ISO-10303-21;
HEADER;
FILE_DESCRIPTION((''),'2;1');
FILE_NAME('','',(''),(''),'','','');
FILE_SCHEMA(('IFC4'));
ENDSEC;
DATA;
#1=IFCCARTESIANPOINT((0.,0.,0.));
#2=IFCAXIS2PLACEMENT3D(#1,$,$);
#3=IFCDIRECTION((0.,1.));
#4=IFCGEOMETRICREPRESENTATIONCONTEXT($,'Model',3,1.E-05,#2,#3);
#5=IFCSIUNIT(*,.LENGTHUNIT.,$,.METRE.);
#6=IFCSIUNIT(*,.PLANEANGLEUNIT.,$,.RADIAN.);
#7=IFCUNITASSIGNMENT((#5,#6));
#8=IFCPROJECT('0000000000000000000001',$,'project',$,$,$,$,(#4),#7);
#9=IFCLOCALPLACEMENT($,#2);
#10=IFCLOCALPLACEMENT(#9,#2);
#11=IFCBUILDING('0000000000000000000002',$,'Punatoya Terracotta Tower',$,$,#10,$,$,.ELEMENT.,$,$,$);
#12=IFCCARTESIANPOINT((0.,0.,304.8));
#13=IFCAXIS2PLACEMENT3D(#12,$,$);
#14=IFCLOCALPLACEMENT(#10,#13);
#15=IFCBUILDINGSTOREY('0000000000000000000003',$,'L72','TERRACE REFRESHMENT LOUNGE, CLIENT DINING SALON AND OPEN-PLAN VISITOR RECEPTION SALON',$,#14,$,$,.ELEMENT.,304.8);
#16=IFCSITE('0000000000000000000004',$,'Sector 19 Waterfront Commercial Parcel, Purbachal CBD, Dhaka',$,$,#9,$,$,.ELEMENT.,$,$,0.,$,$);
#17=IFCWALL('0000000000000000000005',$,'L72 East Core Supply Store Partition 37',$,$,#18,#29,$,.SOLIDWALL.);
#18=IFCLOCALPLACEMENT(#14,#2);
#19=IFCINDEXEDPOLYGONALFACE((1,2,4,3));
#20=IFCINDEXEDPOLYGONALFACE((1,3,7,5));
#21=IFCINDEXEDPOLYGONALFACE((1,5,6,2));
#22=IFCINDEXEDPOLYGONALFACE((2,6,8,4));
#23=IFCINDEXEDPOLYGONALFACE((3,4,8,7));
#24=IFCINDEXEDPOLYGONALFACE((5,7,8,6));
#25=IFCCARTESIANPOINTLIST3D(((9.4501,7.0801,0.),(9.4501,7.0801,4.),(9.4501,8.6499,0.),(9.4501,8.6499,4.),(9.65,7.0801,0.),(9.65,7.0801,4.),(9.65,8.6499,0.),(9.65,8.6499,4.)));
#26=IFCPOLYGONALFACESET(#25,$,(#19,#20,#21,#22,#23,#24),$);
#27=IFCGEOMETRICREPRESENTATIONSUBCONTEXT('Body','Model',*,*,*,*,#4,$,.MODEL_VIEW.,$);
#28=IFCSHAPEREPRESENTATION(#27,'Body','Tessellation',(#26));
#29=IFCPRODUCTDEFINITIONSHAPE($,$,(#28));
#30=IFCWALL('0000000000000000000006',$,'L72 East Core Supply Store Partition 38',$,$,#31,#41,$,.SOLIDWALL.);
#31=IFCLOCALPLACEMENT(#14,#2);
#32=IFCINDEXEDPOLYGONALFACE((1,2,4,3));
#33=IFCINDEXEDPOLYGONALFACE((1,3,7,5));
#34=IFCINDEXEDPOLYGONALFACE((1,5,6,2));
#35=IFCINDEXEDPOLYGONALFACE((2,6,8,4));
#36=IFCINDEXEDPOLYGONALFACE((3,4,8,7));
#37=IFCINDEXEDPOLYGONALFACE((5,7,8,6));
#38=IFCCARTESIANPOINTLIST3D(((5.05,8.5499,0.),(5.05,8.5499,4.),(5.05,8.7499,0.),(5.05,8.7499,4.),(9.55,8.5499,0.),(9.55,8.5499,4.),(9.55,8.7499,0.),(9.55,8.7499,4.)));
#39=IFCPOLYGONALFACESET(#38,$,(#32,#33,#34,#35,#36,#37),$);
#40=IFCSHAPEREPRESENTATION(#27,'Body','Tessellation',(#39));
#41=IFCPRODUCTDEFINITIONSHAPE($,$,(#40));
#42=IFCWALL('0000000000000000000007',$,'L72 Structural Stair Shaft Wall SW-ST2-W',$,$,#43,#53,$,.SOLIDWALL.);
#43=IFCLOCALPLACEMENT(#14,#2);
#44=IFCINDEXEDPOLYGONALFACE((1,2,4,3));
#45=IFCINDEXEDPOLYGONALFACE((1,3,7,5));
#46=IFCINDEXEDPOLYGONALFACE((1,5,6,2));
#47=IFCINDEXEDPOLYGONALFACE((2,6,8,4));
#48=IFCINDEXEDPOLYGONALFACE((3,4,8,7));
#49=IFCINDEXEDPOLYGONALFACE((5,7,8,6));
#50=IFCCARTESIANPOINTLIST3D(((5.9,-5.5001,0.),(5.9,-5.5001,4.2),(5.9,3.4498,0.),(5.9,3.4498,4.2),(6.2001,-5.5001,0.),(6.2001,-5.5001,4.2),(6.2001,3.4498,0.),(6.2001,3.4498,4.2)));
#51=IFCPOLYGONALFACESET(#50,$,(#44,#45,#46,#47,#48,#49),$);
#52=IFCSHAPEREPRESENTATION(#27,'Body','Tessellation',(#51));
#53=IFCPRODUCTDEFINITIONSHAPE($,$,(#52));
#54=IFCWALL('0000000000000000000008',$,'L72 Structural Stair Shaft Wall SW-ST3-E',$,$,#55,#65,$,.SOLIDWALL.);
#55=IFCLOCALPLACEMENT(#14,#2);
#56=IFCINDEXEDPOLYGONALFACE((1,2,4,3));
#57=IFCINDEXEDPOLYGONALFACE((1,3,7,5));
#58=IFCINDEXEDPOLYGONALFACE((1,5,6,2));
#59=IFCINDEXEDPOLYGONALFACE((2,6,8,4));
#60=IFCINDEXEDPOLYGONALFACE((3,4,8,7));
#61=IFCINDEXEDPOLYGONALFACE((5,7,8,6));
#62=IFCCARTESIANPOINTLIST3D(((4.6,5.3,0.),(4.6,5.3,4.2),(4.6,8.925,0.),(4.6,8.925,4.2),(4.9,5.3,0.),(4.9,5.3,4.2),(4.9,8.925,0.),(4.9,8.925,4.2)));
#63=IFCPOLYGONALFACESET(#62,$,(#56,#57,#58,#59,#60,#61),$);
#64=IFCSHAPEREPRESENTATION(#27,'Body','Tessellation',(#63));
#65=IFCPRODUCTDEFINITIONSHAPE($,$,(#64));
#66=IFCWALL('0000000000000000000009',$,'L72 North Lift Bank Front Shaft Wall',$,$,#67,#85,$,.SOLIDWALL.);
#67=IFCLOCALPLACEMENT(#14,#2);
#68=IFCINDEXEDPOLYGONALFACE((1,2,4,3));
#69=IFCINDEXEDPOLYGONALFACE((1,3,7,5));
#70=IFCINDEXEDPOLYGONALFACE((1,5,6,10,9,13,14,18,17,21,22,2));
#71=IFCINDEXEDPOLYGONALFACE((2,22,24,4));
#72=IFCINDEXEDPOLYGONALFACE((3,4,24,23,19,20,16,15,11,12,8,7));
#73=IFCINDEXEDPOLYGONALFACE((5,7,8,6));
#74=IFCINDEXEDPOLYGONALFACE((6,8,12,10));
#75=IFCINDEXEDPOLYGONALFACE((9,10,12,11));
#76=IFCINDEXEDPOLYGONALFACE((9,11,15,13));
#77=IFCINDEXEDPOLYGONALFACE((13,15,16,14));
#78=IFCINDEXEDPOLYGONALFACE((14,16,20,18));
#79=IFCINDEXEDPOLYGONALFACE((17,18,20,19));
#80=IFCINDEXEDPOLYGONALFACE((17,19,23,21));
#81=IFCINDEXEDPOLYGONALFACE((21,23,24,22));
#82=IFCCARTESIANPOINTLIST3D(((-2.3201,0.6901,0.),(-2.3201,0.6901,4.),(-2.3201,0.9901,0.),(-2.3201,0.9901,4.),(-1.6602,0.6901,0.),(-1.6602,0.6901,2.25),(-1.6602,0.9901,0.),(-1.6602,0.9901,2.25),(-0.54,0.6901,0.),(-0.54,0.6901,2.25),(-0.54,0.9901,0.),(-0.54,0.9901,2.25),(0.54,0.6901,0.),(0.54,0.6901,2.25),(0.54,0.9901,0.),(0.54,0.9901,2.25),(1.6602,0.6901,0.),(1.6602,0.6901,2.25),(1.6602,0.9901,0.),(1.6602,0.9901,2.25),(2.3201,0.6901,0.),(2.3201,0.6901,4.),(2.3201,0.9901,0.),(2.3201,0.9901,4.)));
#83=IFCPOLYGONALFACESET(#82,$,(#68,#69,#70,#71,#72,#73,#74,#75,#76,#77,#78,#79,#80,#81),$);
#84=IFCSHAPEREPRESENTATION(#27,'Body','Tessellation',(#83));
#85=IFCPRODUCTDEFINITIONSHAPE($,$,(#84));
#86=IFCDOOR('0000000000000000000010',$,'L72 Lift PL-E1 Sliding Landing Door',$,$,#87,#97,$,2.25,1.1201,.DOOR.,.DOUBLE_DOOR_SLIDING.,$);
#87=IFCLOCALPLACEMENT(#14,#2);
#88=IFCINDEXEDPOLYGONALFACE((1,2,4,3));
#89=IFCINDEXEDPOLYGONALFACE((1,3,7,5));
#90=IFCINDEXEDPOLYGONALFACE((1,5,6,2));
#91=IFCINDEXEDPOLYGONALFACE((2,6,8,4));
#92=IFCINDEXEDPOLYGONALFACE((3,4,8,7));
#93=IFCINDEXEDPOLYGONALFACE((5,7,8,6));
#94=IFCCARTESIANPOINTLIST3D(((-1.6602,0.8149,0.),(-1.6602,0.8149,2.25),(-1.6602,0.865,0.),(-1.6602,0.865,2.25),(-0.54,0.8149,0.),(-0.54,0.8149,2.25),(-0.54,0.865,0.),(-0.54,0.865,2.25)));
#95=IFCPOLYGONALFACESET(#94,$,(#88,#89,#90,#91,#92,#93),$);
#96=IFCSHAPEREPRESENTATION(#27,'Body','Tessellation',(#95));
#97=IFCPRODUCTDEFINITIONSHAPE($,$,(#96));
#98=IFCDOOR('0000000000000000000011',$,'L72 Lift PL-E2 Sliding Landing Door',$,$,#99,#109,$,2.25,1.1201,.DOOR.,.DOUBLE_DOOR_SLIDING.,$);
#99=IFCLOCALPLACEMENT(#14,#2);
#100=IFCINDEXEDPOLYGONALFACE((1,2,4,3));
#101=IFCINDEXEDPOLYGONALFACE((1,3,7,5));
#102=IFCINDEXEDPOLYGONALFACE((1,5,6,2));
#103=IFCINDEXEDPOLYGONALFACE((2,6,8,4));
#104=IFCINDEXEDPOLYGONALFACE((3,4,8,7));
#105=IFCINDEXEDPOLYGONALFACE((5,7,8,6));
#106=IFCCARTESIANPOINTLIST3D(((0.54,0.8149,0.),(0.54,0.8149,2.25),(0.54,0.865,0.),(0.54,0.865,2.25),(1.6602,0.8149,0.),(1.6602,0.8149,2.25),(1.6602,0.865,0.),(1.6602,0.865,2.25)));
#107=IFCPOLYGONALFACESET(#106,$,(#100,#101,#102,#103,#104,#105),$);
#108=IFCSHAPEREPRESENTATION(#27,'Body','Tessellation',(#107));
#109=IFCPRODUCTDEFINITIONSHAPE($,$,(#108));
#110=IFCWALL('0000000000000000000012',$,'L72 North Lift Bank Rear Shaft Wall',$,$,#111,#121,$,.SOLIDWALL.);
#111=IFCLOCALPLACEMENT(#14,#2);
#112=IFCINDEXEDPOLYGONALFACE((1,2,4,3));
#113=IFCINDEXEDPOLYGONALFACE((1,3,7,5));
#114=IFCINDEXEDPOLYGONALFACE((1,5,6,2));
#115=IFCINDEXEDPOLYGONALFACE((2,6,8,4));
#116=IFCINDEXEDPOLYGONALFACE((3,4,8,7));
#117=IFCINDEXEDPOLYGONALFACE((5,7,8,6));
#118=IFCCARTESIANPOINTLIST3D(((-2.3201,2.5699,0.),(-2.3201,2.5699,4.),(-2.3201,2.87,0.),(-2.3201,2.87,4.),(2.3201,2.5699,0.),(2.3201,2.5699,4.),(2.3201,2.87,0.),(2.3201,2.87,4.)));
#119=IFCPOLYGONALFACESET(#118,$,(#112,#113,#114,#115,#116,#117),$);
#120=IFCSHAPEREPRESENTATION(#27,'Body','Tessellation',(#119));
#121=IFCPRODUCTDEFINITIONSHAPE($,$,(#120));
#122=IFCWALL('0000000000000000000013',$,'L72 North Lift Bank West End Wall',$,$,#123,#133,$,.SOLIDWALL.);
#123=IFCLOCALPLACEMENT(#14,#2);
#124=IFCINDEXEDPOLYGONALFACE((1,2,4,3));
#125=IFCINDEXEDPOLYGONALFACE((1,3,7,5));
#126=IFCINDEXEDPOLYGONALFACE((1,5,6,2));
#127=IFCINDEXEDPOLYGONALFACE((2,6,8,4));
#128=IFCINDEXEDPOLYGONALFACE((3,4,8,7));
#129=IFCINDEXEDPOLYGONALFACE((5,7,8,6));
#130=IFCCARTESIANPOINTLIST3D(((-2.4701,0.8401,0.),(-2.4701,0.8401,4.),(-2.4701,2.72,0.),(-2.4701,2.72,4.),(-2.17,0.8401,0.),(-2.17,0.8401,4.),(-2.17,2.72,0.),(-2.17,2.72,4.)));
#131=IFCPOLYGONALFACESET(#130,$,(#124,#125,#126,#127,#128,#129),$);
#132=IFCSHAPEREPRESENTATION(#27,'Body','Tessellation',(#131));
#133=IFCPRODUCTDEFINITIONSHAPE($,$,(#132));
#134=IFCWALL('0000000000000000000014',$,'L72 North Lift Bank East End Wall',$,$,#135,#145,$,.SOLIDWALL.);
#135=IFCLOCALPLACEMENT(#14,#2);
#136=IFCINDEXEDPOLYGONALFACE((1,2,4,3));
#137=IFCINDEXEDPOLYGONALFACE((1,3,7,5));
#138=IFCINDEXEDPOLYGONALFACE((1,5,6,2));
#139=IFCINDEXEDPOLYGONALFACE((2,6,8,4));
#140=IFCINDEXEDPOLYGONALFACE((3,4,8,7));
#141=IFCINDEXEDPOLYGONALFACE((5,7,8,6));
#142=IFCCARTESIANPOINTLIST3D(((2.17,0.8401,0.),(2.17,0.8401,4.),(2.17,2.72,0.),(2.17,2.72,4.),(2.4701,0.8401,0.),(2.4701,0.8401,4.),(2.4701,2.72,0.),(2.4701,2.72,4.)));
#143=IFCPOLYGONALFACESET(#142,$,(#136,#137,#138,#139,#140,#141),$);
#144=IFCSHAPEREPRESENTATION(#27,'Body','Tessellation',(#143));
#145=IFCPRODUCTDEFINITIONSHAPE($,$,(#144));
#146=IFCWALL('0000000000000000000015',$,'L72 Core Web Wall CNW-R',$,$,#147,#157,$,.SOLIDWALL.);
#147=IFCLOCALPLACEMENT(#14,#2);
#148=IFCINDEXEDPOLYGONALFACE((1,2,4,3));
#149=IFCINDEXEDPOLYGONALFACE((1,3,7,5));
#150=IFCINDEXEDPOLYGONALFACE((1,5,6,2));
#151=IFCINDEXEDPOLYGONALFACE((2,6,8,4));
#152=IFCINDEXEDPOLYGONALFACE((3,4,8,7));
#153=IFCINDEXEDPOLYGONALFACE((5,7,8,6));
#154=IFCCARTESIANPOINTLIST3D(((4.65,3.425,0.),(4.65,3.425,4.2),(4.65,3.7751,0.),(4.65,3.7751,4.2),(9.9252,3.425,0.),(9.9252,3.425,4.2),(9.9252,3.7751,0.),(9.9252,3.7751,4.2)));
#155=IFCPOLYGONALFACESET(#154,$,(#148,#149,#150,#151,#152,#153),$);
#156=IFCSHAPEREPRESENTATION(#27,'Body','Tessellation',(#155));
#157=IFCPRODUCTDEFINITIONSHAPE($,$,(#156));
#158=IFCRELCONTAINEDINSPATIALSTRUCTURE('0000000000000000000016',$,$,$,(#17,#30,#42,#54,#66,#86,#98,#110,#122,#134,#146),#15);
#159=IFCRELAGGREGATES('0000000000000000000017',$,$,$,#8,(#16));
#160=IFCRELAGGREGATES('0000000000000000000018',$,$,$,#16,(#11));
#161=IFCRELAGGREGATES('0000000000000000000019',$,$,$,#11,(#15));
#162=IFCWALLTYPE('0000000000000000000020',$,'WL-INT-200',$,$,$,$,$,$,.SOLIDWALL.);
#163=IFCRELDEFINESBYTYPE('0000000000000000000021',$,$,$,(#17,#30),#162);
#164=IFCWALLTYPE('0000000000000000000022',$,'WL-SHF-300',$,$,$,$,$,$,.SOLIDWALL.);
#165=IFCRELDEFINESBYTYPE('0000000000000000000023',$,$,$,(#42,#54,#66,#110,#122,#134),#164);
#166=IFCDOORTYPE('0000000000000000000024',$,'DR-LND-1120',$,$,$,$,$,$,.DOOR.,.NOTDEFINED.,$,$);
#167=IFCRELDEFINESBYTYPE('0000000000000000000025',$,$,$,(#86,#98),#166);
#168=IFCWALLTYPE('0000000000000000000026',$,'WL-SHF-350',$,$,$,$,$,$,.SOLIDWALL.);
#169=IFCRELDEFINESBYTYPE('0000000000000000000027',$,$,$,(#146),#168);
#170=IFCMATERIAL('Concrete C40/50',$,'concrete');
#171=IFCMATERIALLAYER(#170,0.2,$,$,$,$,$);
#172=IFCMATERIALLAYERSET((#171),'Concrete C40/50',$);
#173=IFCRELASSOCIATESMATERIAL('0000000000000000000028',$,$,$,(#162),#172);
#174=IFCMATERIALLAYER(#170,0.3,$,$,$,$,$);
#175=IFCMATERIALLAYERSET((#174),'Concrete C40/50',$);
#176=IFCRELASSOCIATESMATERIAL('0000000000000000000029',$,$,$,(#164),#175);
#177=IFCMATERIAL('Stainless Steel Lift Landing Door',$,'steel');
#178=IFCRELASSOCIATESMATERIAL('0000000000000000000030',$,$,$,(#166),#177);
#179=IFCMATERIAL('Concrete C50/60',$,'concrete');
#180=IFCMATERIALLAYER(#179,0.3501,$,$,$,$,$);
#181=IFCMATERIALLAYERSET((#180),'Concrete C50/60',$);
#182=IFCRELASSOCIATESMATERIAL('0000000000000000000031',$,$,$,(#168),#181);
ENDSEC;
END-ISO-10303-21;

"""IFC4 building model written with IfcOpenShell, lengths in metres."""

from ifc_helpers import new_model, si_unit, direction, frame, frame_2d, origin, place, context, subcontext, project, spatial, rectangle, extrude, material, layer, layer_set, type_object, element, fill, save


model = new_model("IFC4")

# Units and contexts
model_context = context("Model", 3, precision=1e-05, world=origin(), true_north=direction((0.0, 1.0)))
body_context = subcontext(model_context, "Body", "Model", "MODEL_VIEW")
ifc_project = project(units=[si_unit("LENGTHUNIT", "METRE"), si_unit("PLANEANGLEUNIT", "RADIAN")], contexts=[model_context])

# Site, building, storey
site_placement = place(None, origin())
site = spatial("IfcSite", under=ifc_project, at=site_placement, Name="Sector 19 Waterfront Commercial Parcel, Purbachal CBD, Dhaka", CompositionType="ELEMENT", RefElevation=0.0)
building_placement = place(site_placement, origin())
building = spatial("IfcBuilding", under=site, at=building_placement, Name="Punatoya Terracotta Tower", CompositionType="ELEMENT")
storey_placement = place(building_placement, frame((0.0, 0.0, 304.8)))
storey = spatial("IfcBuildingStorey", under=building, at=storey_placement, Name="L72", Description="TERRACE REFRESHMENT LOUNGE, CLIENT DINING SALON AND OPEN-PLAN VISITOR RECEPTION SALON", CompositionType="ELEMENT", Elevation=304.8)

# Shared definitions
ifc_material_1 = material(Name="Concrete C40/50", Category="concrete")
ifc_layer_1 = layer(ifc_material_1, 0.2)
ifc_layer_set_1 = layer_set([ifc_layer_1], Name="Concrete C40/50")
wall_type_1 = type_object("IfcWallType", Name="WL-INT-200", PredefinedType="SOLIDWALL", material=ifc_layer_set_1)

# Walls
wall_1_placement = place(storey_placement, frame((9.55, 7.0801, 0.0), z_axis=(0.0, 0.0, 1.0), x_axis=(0.0, 1.0, 0.0)))
element("IfcWall", 1, at=wall_1_placement, inside=storey, type_object=wall_type_1, Name="L72 East Core Supply Store Partition 37", PredefinedType="SOLIDWALL", context=body_context, shape_type="SweptSolid", body=[
    extrude(rectangle(XDim=1.5698, YDim=0.2, at=frame_2d((0.7849, 0.0))), origin(), (0.0, 0.0, 1.0), 4.0),
])
wall_2_placement = place(storey_placement, frame((9.55, 8.6499, 0.0), z_axis=(0.0, 0.0, 1.0), x_axis=(-1.0, 0.0, 0.0)))
element("IfcWall", 2, at=wall_2_placement, inside=storey, type_object=wall_type_1, Name="L72 East Core Supply Store Partition 38", PredefinedType="SOLIDWALL", context=body_context, shape_type="SweptSolid", body=[
    extrude(rectangle(XDim=4.5, YDim=0.2, at=frame_2d((2.25, 0.0))), origin(), (0.0, 0.0, 1.0), 4.0),
])
ifc_layer_2 = layer(ifc_material_1, 0.3)
ifc_layer_set_2 = layer_set([ifc_layer_2], Name="Concrete C40/50")
wall_type_2 = type_object("IfcWallType", Name="WL-SHF-300", PredefinedType="SOLIDWALL", material=ifc_layer_set_2)
wall_3_placement = place(storey_placement, frame((6.05, 3.45, 0.0), z_axis=(0.0, 0.0, 1.0), x_axis=(0.0, -1.0, 0.0)))
element("IfcWall", 3, at=wall_3_placement, inside=storey, type_object=wall_type_2, Name="L72 Structural Stair Shaft Wall SW-ST2-W", PredefinedType="SOLIDWALL", context=body_context, shape_type="SweptSolid", body=[
    extrude(rectangle(XDim=8.95, YDim=0.3, at=frame_2d((4.4751, 0.0))), origin(), (0.0, 0.0, 1.0), 4.2),
])
wall_4_placement = place(storey_placement, frame((4.75, 8.925, 0.0), z_axis=(0.0, 0.0, 1.0), x_axis=(0.0, -1.0, 0.0)))
element("IfcWall", 4, at=wall_4_placement, inside=storey, type_object=wall_type_2, Name="L72 Structural Stair Shaft Wall SW-ST3-E", PredefinedType="SOLIDWALL", context=body_context, shape_type="SweptSolid", body=[
    extrude(rectangle(XDim=3.625, YDim=0.3, at=frame_2d((1.8125, 0.0))), origin(), (0.0, 0.0, 1.0), 4.2),
])

# Wall, openings, doors
wall_5_placement = place(storey_placement, frame((-2.3201, 0.8401, 0.0), z_axis=(0.0, 0.0, 1.0), x_axis=(1.0, 0.0, 0.0)))
wall_5 = element("IfcWall", 5, at=wall_5_placement, inside=storey, type_object=wall_type_2, Name="L72 North Lift Bank Front Shaft Wall", PredefinedType="SOLIDWALL", context=body_context, shape_type="SweptSolid", body=[
    extrude(rectangle(XDim=4.6401, YDim=0.3, at=frame_2d((2.3201, 0.0))), origin(), (0.0, 0.0, 1.0), 4.0),
])
opening_1_placement = place(wall_5_placement, frame((0.6599, 0.0, 0.0)))
opening_1 = element("IfcOpeningElement", 6, at=opening_1_placement, cuts=wall_5, PredefinedType="OPENING", context=body_context, shape_type="SweptSolid", body=[
    extrude(rectangle(XDim=1.1201, YDim=2.25, at=frame_2d((0.5601, 1.125))), frame((0.0, 0.1599, 0.0), z_axis=(0.0, -1.0, 0.0), x_axis=(1.0, 0.0, 0.0)), (0.0, 0.0, 1.0), 0.3201),
])
opening_2_placement = place(wall_5_placement, frame((2.8601, 0.0, 0.0)))
opening_2 = element("IfcOpeningElement", 7, at=opening_2_placement, cuts=wall_5, PredefinedType="OPENING", context=body_context, shape_type="SweptSolid", body=[
    extrude(rectangle(XDim=1.1201, YDim=2.25, at=frame_2d((0.5601, 1.125))), frame((0.0, 0.1599, 0.0), z_axis=(0.0, -1.0, 0.0), x_axis=(1.0, 0.0, 0.0)), (0.0, 0.0, 1.0), 0.3201),
])
ifc_material_2 = material(Name="Stainless Steel Lift Landing Door", Category="steel")
door_type_1 = type_object("IfcDoorType", Name="DR-LND-1120", OperationType="NOTDEFINED", PredefinedType="DOOR", material=ifc_material_2)
door_1_placement = place(opening_1_placement, origin())
door_1 = element("IfcDoor", 8, at=door_1_placement, inside=storey, type_object=door_type_1, Name="L72 Lift PL-E1 Sliding Landing Door", OperationType="DOUBLE_DOOR_SLIDING", OverallHeight=2.25, OverallWidth=1.1201, PredefinedType="DOOR", context=body_context, shape_type="SweptSolid", body=[
    extrude(rectangle(XDim=1.1201, YDim=2.25, at=frame_2d((0.5601, 1.125))), frame((0.0, 0.0249, 0.0), z_axis=(0.0, -1.0, 0.0), x_axis=(1.0, 0.0, 0.0)), (0.0, 0.0, 1.0), 0.05),
])
fill(opening_1, door_1)
door_2_placement = place(opening_2_placement, origin())
door_2 = element("IfcDoor", 9, at=door_2_placement, inside=storey, type_object=door_type_1, Name="L72 Lift PL-E2 Sliding Landing Door", OperationType="DOUBLE_DOOR_SLIDING", OverallHeight=2.25, OverallWidth=1.1201, PredefinedType="DOOR", context=body_context, shape_type="SweptSolid", body=[
    extrude(rectangle(XDim=1.1201, YDim=2.25, at=frame_2d((0.5601, 1.125))), frame((0.0, 0.0249, 0.0), z_axis=(0.0, -1.0, 0.0), x_axis=(1.0, 0.0, 0.0)), (0.0, 0.0, 1.0), 0.05),
])
fill(opening_2, door_2)

# Walls
wall_6_placement = place(storey_placement, frame((-2.3201, 2.72, 0.0), z_axis=(0.0, 0.0, 1.0), x_axis=(1.0, 0.0, 0.0)))
element("IfcWall", 10, at=wall_6_placement, inside=storey, type_object=wall_type_2, Name="L72 North Lift Bank Rear Shaft Wall", PredefinedType="SOLIDWALL", context=body_context, shape_type="SweptSolid", body=[
    extrude(rectangle(XDim=4.6401, YDim=0.3, at=frame_2d((2.3201, 0.0))), origin(), (0.0, 0.0, 1.0), 4.0),
])
for number, where, z_axis, x_axis, name in (
    (11, (-2.3201, 0.8401, 0.0), (0.0, 0.0, 1.0), (0.0, 1.0, 0.0), "L72 North Lift Bank West End Wall"),
    (12, (2.3201, 0.8401, 0.0), (0.0, 0.0, 1.0), (0.0, 1.0, 0.0), "L72 North Lift Bank East End Wall"),
):
    element("IfcWall", number, at=place(storey_placement, frame(where, z_axis=z_axis, x_axis=x_axis)), inside=storey, type_object=wall_type_2, Name=name, PredefinedType="SOLIDWALL", context=body_context, shape_type="SweptSolid", body=[
        extrude(rectangle(XDim=1.8799, YDim=0.3, at=frame_2d((0.9399, 0.0))), origin(), (0.0, 0.0, 1.0), 4.0),
    ])
ifc_material_3 = material(Name="Concrete C50/60", Category="concrete")
ifc_layer_3 = layer(ifc_material_3, 0.3501)
ifc_layer_set_3 = layer_set([ifc_layer_3], Name="Concrete C50/60")
wall_type_3 = type_object("IfcWallType", Name="WL-SHF-350", PredefinedType="SOLIDWALL", material=ifc_layer_set_3)
wall_7_placement = place(storey_placement, frame((4.6499, 3.6001, 0.0), z_axis=(0.0, 0.0, 1.0), x_axis=(1.0, 0.0, 0.0)))
element("IfcWall", 13, at=wall_7_placement, inside=storey, type_object=wall_type_3, Name="L72 Core Web Wall CNW-R", PredefinedType="SOLIDWALL", context=body_context, shape_type="SweptSolid", body=[
    extrude(rectangle(XDim=5.2751, YDim=0.3501, at=frame_2d((2.6377, 0.0))), origin(), (0.0, 0.0, 1.0), 4.2),
])

save(model, "model.ifc")
